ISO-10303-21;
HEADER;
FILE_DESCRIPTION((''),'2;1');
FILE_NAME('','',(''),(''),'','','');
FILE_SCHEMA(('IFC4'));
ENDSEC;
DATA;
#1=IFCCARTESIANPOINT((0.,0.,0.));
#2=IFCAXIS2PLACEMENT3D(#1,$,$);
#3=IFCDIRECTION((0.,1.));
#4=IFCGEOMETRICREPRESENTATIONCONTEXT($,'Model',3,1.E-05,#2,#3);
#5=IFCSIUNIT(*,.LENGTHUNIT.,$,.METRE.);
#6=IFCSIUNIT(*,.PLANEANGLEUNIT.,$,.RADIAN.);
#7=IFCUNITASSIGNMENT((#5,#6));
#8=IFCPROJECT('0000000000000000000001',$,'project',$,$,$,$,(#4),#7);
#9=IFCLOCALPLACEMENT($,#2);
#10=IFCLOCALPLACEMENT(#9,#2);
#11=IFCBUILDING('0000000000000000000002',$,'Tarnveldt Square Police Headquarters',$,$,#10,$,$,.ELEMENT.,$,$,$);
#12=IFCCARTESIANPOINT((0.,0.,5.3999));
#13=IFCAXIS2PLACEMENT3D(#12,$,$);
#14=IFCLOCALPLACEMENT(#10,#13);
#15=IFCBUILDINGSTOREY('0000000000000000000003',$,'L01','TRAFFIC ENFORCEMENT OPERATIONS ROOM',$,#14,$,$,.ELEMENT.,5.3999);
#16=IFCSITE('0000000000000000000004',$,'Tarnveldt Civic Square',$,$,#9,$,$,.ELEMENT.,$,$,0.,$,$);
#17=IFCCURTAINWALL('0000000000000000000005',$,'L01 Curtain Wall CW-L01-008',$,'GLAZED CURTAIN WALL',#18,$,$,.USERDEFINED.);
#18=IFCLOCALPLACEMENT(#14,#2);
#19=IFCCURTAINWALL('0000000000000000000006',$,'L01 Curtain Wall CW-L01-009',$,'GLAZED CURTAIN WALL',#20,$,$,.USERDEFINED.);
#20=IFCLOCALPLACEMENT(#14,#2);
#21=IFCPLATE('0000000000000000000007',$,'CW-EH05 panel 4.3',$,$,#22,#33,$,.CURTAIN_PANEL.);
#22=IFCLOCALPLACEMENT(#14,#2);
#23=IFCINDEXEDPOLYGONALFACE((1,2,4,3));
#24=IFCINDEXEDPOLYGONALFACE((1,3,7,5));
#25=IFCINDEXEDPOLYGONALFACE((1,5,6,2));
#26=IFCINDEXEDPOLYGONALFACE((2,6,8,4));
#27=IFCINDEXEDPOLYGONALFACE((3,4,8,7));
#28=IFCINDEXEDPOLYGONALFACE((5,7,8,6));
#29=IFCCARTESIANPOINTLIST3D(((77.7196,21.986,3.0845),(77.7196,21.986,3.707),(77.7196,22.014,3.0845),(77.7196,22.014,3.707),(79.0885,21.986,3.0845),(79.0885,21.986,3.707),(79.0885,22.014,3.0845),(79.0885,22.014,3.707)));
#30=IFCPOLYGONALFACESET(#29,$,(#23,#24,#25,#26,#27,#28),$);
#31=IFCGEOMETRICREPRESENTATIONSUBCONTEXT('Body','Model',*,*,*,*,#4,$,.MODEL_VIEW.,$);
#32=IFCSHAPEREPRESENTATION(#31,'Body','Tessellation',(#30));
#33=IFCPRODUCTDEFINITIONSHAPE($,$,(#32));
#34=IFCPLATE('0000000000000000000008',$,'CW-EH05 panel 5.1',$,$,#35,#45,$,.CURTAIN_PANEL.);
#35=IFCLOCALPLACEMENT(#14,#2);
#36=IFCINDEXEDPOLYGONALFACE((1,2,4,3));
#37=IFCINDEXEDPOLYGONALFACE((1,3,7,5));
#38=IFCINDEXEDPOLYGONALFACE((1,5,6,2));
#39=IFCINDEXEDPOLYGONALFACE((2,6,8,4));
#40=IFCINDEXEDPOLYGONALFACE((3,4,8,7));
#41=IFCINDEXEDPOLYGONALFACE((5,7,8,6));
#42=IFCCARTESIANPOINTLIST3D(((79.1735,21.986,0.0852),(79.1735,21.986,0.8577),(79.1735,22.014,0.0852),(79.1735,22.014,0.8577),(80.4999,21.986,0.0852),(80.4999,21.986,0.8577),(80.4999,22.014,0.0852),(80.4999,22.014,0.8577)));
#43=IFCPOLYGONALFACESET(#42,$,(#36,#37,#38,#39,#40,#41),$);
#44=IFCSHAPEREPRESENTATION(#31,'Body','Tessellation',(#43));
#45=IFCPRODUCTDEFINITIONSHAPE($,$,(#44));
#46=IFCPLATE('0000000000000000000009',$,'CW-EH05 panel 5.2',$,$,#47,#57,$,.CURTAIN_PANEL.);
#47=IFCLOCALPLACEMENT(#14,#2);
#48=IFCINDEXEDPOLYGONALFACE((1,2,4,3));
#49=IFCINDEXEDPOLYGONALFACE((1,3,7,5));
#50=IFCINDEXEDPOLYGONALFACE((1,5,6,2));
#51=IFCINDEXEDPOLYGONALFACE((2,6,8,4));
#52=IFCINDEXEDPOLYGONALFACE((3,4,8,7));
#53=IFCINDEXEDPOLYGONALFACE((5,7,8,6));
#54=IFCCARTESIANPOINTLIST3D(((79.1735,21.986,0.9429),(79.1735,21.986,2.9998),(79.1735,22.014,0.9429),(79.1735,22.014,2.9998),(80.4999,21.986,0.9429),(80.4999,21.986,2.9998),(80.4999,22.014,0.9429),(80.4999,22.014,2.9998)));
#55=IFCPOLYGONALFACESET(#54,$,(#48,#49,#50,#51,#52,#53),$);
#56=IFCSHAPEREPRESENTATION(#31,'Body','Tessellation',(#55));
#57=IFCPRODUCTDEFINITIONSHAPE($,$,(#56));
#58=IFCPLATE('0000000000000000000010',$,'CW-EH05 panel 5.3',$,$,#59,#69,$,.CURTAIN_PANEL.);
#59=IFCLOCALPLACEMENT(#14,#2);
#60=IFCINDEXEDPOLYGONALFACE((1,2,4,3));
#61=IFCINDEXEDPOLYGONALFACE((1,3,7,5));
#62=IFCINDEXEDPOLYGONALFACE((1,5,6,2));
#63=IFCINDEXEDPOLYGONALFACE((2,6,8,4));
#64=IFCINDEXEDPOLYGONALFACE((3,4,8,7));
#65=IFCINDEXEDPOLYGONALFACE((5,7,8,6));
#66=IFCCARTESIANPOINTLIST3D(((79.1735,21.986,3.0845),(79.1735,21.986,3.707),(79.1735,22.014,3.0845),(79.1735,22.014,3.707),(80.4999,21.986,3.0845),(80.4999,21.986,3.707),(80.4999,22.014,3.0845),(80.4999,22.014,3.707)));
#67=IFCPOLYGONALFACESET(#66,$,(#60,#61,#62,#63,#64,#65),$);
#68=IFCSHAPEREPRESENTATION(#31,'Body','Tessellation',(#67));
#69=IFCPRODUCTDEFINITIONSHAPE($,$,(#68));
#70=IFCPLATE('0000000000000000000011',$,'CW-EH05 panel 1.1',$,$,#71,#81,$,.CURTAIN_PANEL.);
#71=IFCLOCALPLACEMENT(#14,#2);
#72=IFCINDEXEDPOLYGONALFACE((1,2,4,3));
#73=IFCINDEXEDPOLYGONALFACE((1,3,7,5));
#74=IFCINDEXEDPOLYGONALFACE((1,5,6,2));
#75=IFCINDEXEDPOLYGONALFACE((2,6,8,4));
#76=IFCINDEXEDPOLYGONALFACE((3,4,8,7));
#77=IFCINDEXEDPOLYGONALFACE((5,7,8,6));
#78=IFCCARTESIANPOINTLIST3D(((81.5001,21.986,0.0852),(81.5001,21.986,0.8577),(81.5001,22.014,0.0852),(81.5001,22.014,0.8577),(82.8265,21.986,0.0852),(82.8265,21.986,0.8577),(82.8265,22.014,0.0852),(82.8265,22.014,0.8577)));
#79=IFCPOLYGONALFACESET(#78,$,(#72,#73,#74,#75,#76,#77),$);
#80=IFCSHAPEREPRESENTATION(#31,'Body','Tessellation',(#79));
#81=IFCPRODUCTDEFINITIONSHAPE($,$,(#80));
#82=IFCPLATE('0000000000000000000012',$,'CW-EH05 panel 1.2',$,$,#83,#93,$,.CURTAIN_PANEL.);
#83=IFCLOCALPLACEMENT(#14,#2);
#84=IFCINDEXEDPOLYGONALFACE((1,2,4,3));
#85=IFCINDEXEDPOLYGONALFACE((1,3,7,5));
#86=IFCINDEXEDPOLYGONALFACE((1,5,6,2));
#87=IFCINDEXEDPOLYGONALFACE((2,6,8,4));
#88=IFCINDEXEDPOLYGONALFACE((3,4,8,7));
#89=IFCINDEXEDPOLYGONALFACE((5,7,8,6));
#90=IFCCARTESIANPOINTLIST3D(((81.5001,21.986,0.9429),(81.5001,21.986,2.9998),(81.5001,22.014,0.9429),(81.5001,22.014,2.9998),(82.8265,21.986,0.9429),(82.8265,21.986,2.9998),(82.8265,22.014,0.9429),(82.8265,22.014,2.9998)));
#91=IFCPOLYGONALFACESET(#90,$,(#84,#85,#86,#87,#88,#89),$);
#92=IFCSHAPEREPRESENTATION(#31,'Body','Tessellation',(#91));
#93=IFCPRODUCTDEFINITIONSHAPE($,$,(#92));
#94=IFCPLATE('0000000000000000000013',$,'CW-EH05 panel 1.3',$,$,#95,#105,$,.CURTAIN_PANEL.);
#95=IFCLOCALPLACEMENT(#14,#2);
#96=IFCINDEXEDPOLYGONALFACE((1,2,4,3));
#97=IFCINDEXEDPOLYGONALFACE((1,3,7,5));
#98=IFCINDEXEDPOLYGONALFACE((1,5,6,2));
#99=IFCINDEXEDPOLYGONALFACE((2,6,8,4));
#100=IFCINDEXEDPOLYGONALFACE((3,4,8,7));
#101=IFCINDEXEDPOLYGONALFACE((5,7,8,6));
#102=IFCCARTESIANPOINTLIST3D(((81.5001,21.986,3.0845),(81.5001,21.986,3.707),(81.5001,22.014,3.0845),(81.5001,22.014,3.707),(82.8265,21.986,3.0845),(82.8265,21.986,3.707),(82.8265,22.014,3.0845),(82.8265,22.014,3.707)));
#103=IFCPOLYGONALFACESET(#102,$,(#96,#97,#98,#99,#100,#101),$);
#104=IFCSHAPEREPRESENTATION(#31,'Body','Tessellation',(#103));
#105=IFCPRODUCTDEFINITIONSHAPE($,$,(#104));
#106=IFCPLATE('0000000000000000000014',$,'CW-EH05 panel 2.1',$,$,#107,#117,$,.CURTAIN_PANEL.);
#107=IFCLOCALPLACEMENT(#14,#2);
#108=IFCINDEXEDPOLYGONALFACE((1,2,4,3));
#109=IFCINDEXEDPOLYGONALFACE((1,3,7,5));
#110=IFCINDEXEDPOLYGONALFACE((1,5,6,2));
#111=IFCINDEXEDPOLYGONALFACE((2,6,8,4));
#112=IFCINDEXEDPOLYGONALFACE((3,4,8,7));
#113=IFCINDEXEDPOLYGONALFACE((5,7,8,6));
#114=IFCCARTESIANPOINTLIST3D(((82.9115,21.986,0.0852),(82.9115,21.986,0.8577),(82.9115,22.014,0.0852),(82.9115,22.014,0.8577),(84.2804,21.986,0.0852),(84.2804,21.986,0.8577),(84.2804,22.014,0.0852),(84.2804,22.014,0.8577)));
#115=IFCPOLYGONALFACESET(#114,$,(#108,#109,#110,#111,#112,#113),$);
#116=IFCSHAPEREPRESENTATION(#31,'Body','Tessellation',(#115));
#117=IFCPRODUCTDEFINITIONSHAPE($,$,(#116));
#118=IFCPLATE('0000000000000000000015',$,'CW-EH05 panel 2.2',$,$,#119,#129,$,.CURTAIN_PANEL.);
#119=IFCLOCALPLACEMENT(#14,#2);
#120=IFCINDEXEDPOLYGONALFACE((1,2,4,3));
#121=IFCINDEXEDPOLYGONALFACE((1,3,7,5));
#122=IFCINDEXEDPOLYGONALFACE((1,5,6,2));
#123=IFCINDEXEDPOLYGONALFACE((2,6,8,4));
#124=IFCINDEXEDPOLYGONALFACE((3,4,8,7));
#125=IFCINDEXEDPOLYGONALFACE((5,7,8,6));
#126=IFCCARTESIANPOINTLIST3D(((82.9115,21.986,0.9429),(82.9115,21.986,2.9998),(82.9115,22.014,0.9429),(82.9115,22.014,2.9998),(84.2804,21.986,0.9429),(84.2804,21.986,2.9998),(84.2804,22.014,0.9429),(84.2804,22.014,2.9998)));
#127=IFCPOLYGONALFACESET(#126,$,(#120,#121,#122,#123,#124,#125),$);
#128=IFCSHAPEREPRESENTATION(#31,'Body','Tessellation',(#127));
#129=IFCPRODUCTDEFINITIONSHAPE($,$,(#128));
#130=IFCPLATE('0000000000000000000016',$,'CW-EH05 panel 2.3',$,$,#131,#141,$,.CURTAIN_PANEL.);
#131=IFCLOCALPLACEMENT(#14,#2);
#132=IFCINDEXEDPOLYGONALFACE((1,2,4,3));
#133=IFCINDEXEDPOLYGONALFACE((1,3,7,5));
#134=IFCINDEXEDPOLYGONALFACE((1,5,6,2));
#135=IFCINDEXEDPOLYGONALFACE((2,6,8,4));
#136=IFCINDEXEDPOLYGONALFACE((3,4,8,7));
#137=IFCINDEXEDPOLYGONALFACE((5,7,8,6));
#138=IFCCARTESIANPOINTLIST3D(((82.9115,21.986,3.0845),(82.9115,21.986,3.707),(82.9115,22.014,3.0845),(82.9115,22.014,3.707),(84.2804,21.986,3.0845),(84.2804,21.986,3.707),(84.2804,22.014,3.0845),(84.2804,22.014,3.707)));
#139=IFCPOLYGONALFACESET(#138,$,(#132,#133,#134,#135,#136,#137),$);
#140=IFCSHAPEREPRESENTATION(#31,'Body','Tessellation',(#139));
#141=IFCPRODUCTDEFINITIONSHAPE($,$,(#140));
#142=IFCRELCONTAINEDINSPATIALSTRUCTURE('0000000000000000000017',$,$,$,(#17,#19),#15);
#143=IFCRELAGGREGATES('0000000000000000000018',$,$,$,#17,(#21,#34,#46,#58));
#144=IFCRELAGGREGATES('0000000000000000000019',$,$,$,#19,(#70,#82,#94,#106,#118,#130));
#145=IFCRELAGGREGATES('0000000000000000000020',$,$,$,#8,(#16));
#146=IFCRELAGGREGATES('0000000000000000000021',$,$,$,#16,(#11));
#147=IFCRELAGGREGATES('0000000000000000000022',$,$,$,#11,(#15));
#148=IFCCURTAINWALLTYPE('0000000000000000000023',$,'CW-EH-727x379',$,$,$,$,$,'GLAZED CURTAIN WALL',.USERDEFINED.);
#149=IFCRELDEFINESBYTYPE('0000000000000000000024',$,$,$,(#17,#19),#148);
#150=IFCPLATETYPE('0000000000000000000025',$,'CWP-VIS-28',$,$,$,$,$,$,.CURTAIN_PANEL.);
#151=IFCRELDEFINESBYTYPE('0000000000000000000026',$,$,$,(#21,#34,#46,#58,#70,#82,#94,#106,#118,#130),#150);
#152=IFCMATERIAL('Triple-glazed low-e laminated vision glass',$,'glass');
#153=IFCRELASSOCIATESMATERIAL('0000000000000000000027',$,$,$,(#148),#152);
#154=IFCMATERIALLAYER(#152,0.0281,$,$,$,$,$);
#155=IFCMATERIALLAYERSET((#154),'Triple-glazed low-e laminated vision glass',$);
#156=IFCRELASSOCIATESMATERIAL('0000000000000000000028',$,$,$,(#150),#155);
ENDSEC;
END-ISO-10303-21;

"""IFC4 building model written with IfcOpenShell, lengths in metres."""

from ifc_helpers import new_model, si_unit, direction, frame, origin, origin_2d, place, context, subcontext, project, spatial, rectangle, extrude, material, layer, layer_set, type_object, element, aggregate, save


model = new_model("IFC4")

# Units and contexts
model_context = context("Model", 3, precision=1e-05, world=origin(), true_north=direction((0.0, 1.0)))
body_context = subcontext(model_context, "Body", "Model", "MODEL_VIEW")
ifc_project = project(units=[si_unit("LENGTHUNIT", "METRE"), si_unit("PLANEANGLEUNIT", "RADIAN")], contexts=[model_context])

# Site, building, storey
site_placement = place(None, origin())
site = spatial("IfcSite", under=ifc_project, at=site_placement, Name="Tarnveldt Civic Square", CompositionType="ELEMENT", RefElevation=0.0)
building_placement = place(site_placement, origin())
building = spatial("IfcBuilding", under=site, at=building_placement, Name="Tarnveldt Square Police Headquarters", CompositionType="ELEMENT")
storey_placement = place(building_placement, frame((0.0, 0.0, 5.3999)))
storey = spatial("IfcBuildingStorey", under=building, at=storey_placement, Name="L01", Description="TRAFFIC ENFORCEMENT OPERATIONS ROOM", CompositionType="ELEMENT", Elevation=5.3999)

# Curtain walls
ifc_material_1 = material(Name="Triple-glazed low-e laminated vision glass", Category="glass")
curtain_wall_type = type_object("IfcCurtainWallType", Name="CW-EH-727x379", ElementType="GLAZED CURTAIN WALL", PredefinedType="USERDEFINED", material=ifc_material_1)
curtain_wall_1_placement = place(storey_placement, origin())
curtain_wall_1 = element("IfcCurtainWall", 1, at=curtain_wall_1_placement, inside=storey, type_object=curtain_wall_type, Name="L01 Curtain Wall CW-L01-008", ObjectType="GLAZED CURTAIN WALL", PredefinedType="USERDEFINED")
curtain_wall_2_placement = place(storey_placement, origin())
curtain_wall_2 = element("IfcCurtainWall", 2, at=curtain_wall_2_placement, inside=storey, type_object=curtain_wall_type, Name="L01 Curtain Wall CW-L01-009", ObjectType="GLAZED CURTAIN WALL", PredefinedType="USERDEFINED")

# Plates
ifc_layer = layer(ifc_material_1, 0.0281)
ifc_layer_set = layer_set([ifc_layer], Name="Triple-glazed low-e laminated vision glass")
plate_type = type_object("IfcPlateType", Name="CWP-VIS-28", PredefinedType="CURTAIN_PANEL", material=ifc_layer_set)
plate_1_placement = place(storey_placement, frame((78.4041, 22.0, 3.0845), z_axis=(0.0, 0.0, 1.0), x_axis=(1.0, 0.0, 0.0)))
plate_1 = element("IfcPlate", 3, at=plate_1_placement, type_object=plate_type, Name="CW-EH05 panel 4.3", PredefinedType="CURTAIN_PANEL", context=body_context, shape_type="SweptSolid", body=[
    extrude(rectangle(XDim=1.3689, YDim=0.0281, at=origin_2d()), origin(), (0.0, 0.0, 1.0), 0.6226),
])
plate_2_placement = place(storey_placement, frame((79.8367, 22.0, 0.0852), z_axis=(0.0, 0.0, 1.0), x_axis=(1.0, 0.0, 0.0)))
plate_2 = element("IfcPlate", 4, at=plate_2_placement, type_object=plate_type, Name="CW-EH05 panel 5.1", PredefinedType="CURTAIN_PANEL", context=body_context, shape_type="SweptSolid", body=[
    extrude(rectangle(XDim=1.3264, YDim=0.0281, at=origin_2d()), origin(), (0.0, 0.0, 1.0), 0.7725),
])
plate_3_placement = place(storey_placement, frame((79.8367, 22.0, 0.9429), z_axis=(0.0, 0.0, 1.0), x_axis=(1.0, 0.0, 0.0)))
plate_3 = element("IfcPlate", 5, at=plate_3_placement, type_object=plate_type, Name="CW-EH05 panel 5.2", PredefinedType="CURTAIN_PANEL", context=body_context, shape_type="SweptSolid", body=[
    extrude(rectangle(XDim=1.3264, YDim=0.0281, at=origin_2d()), origin(), (0.0, 0.0, 1.0), 2.0569),
])
plate_4_placement = place(storey_placement, frame((79.8367, 22.0, 3.0845), z_axis=(0.0, 0.0, 1.0), x_axis=(1.0, 0.0, 0.0)))
plate_4 = element("IfcPlate", 6, at=plate_4_placement, type_object=plate_type, Name="CW-EH05 panel 5.3", PredefinedType="CURTAIN_PANEL", context=body_context, shape_type="SweptSolid", body=[
    extrude(rectangle(XDim=1.3264, YDim=0.0281, at=origin_2d()), origin(), (0.0, 0.0, 1.0), 0.6226),
])
aggregate(curtain_wall_1, [plate_1, plate_2, plate_3, plate_4])
plate_5_placement = place(storey_placement, frame((82.1633, 22.0, 0.0852), z_axis=(0.0, 0.0, 1.0), x_axis=(1.0, 0.0, 0.0)))
plate_5 = element("IfcPlate", 7, at=plate_5_placement, type_object=plate_type, Name="CW-EH05 panel 1.1", PredefinedType="CURTAIN_PANEL", context=body_context, shape_type="SweptSolid", body=[
    extrude(rectangle(XDim=1.3264, YDim=0.0281, at=origin_2d()), origin(), (0.0, 0.0, 1.0), 0.7725),
])
plate_6_placement = place(storey_placement, frame((82.1633, 22.0, 0.9429), z_axis=(0.0, 0.0, 1.0), x_axis=(1.0, 0.0, 0.0)))
plate_6 = element("IfcPlate", 8, at=plate_6_placement, type_object=plate_type, Name="CW-EH05 panel 1.2", PredefinedType="CURTAIN_PANEL", context=body_context, shape_type="SweptSolid", body=[
    extrude(rectangle(XDim=1.3264, YDim=0.0281, at=origin_2d()), origin(), (0.0, 0.0, 1.0), 2.0569),
])
plate_7_placement = place(storey_placement, frame((82.1633, 22.0, 3.0845), z_axis=(0.0, 0.0, 1.0), x_axis=(1.0, 0.0, 0.0)))
plate_7 = element("IfcPlate", 9, at=plate_7_placement, type_object=plate_type, Name="CW-EH05 panel 1.3", PredefinedType="CURTAIN_PANEL", context=body_context, shape_type="SweptSolid", body=[
    extrude(rectangle(XDim=1.3264, YDim=0.0281, at=origin_2d()), origin(), (0.0, 0.0, 1.0), 0.6226),
])
plate_8_placement = place(storey_placement, frame((83.5959, 22.0, 0.0852), z_axis=(0.0, 0.0, 1.0), x_axis=(1.0, 0.0, 0.0)))
plate_8 = element("IfcPlate", 10, at=plate_8_placement, type_object=plate_type, Name="CW-EH05 panel 2.1", PredefinedType="CURTAIN_PANEL", context=body_context, shape_type="SweptSolid", body=[
    extrude(rectangle(XDim=1.3689, YDim=0.0281, at=origin_2d()), origin(), (0.0, 0.0, 1.0), 0.7725),
])
plate_9_placement = place(storey_placement, frame((83.5959, 22.0, 0.9429), z_axis=(0.0, 0.0, 1.0), x_axis=(1.0, 0.0, 0.0)))
plate_9 = element("IfcPlate", 11, at=plate_9_placement, type_object=plate_type, Name="CW-EH05 panel 2.2", PredefinedType="CURTAIN_PANEL", context=body_context, shape_type="SweptSolid", body=[
    extrude(rectangle(XDim=1.3689, YDim=0.0281, at=origin_2d()), origin(), (0.0, 0.0, 1.0), 2.0569),
])
plate_10_placement = place(storey_placement, frame((83.5959, 22.0, 3.0845), z_axis=(0.0, 0.0, 1.0), x_axis=(1.0, 0.0, 0.0)))
plate_10 = element("IfcPlate", 12, at=plate_10_placement, type_object=plate_type, Name="CW-EH05 panel 2.3", PredefinedType="CURTAIN_PANEL", context=body_context, shape_type="SweptSolid", body=[
    extrude(rectangle(XDim=1.3689, YDim=0.0281, at=origin_2d()), origin(), (0.0, 0.0, 1.0), 0.6226),
])
aggregate(curtain_wall_2, [plate_5, plate_6, plate_7, plate_8, plate_9, plate_10])

save(model, "model.ifc")
